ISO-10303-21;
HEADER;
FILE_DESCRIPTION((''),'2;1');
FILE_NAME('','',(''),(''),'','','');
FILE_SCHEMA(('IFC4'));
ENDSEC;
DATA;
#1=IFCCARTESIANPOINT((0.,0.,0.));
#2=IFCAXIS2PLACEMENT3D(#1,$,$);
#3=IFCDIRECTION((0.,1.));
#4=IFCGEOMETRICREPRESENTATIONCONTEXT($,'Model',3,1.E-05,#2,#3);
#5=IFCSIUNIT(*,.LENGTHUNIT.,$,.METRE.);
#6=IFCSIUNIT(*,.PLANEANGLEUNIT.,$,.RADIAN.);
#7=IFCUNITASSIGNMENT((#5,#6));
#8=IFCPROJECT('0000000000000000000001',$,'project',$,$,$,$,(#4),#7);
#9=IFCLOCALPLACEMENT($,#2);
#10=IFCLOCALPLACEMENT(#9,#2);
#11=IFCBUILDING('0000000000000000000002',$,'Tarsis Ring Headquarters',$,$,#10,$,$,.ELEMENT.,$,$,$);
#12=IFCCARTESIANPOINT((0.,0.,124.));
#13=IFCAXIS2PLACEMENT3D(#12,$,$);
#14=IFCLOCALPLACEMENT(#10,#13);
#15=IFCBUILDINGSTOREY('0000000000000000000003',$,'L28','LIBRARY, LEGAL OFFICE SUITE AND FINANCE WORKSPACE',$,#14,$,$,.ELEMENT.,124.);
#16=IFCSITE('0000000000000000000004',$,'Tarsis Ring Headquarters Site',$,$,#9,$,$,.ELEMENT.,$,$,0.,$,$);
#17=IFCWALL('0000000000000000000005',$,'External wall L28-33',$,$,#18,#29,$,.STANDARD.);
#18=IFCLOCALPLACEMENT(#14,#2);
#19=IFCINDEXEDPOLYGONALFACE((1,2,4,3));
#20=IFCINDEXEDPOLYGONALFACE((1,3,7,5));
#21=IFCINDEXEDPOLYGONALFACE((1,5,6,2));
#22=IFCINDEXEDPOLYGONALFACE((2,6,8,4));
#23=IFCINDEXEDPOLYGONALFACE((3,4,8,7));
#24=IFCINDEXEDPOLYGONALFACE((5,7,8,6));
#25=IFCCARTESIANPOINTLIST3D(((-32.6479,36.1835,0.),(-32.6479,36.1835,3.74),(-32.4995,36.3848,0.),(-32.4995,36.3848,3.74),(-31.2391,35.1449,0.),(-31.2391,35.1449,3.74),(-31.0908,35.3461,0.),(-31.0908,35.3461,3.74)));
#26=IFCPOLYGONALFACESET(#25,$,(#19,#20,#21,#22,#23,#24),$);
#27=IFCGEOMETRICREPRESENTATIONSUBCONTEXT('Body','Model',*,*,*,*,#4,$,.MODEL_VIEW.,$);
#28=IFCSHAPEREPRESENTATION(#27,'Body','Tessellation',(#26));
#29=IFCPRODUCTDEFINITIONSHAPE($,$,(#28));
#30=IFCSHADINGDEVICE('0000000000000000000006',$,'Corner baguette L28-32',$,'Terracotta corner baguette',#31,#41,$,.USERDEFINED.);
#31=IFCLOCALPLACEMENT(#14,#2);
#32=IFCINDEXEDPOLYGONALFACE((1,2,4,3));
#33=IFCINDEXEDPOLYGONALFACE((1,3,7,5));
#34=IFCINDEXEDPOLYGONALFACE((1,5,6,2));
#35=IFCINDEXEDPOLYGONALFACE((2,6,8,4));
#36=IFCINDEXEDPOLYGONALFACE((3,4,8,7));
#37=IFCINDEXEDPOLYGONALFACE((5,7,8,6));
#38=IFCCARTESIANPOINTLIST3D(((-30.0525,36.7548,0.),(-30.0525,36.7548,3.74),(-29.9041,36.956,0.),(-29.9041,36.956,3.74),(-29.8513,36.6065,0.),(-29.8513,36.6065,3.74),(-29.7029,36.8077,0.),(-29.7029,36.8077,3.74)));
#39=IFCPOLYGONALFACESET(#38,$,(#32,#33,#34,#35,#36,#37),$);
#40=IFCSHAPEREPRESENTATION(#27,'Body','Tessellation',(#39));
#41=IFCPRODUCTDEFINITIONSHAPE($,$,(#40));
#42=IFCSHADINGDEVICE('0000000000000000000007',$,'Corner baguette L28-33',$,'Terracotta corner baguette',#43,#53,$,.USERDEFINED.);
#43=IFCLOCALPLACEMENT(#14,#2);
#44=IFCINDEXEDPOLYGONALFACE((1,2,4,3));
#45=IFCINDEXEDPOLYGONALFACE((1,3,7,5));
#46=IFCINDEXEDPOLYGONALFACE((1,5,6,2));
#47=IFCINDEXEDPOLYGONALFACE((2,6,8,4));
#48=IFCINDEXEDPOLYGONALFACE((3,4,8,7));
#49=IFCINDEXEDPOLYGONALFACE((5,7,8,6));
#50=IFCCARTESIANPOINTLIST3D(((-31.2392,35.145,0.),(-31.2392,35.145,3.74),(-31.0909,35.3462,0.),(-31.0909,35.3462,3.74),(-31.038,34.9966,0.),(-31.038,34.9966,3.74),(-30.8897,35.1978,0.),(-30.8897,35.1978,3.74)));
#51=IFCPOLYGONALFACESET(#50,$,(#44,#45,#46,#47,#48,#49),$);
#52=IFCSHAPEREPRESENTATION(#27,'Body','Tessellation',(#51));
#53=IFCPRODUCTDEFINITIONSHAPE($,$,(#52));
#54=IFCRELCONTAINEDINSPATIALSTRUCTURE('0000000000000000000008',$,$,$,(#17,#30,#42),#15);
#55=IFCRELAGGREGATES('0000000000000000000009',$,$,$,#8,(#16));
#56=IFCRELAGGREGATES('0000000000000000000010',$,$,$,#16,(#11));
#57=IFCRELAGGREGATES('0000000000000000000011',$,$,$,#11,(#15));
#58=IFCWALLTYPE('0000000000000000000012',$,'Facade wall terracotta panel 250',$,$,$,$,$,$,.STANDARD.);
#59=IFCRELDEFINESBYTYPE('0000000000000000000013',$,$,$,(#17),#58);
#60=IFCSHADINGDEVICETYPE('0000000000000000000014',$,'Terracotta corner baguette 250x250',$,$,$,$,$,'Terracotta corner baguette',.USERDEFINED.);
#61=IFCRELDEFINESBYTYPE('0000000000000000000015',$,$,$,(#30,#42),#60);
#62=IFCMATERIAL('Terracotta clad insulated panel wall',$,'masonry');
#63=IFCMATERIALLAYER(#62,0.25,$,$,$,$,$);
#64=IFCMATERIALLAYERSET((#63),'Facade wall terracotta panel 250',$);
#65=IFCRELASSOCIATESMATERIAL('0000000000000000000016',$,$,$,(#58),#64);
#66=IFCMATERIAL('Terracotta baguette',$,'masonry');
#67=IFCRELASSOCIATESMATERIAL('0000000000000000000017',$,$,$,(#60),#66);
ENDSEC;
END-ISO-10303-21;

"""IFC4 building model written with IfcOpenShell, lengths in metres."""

from ifc_helpers import new_model, si_unit, direction, frame, frame_2d, origin, origin_2d, place, context, subcontext, project, spatial, rectangle, extrude, material, layer, layer_set, type_object, element, save


model = new_model("IFC4")

# Units and contexts
model_context = context("Model", 3, precision=1e-05, world=origin(), true_north=direction((0.0, 1.0)))
body_context = subcontext(model_context, "Body", "Model", "MODEL_VIEW")
ifc_project = project(units=[si_unit("LENGTHUNIT", "METRE"), si_unit("PLANEANGLEUNIT", "RADIAN")], contexts=[model_context])

# Site, building, storey
site_placement = place(None, origin())
site = spatial("IfcSite", under=ifc_project, at=site_placement, Name="Tarsis Ring Headquarters Site", CompositionType="ELEMENT", RefElevation=0.0)
building_placement = place(site_placement, origin())
building = spatial("IfcBuilding", under=site, at=building_placement, Name="Tarsis Ring Headquarters", CompositionType="ELEMENT")
storey_placement = place(building_placement, frame((0.0, 0.0, 124.0)))
storey = spatial("IfcBuildingStorey", under=building, at=storey_placement, Name="L28", Description="LIBRARY, LEGAL OFFICE SUITE AND FINANCE WORKSPACE", CompositionType="ELEMENT", Elevation=124.0)

# Wall
ifc_material_1 = material(Name="Terracotta clad insulated panel wall", Category="masonry")
ifc_layer_1 = layer(ifc_material_1, 0.25)
ifc_layer_set_1 = layer_set([ifc_layer_1], Name="Facade wall terracotta panel 250")
wall_type_1 = type_object("IfcWallType", Name="Facade wall terracotta panel 250", PredefinedType="STANDARD", material=ifc_layer_set_1)
wall_1_placement = place(storey_placement, frame((-31.165, 35.2456, 0.0), z_axis=(0.0, 0.0, 1.0), x_axis=(-0.804895, 0.593418, 0.0)))
element("IfcWall", 1, at=wall_1_placement, inside=storey, type_object=wall_type_1, Name="External wall L28-33", PredefinedType="STANDARD", context=body_context, shape_type="SweptSolid", body=[
    extrude(rectangle(XDim=1.7502, YDim=0.25, at=frame_2d((0.875, 0.0))), origin(), (0.0, 0.0, 1.0), 3.74),
])

# Shading devices
ifc_material_2 = material(Name="Terracotta baguette", Category="masonry")
shading_device_type_1 = type_object("IfcShadingDeviceType", Name="Terracotta corner baguette 250x250", ElementType="Terracotta corner baguette", PredefinedType="USERDEFINED", material=ifc_material_2)
for number, where, z_axis, x_axis, name in (
    (2, (-29.8777, 36.7812, 0.0), (0.0, 0.0, 1.0), (-0.804894, 0.593419, 0.0), "Corner baguette L28-32"),
    (3, (-31.0645, 35.1714, 0.0), (0.0, 0.0, 1.0), (-0.593419, -0.804894, 0.0), "Corner baguette L28-33"),
):
    element("IfcShadingDevice", number, at=place(storey_placement, frame(where, z_axis=z_axis, x_axis=x_axis)), inside=storey, type_object=shading_device_type_1, Name=name, ObjectType="Terracotta corner baguette", PredefinedType="USERDEFINED", context=body_context, shape_type="SweptSolid", body=[
        extrude(rectangle(XDim=0.25, YDim=0.25, at=origin_2d()), origin(), (0.0, 0.0, 1.0), 3.74),
    ])

save(model, "model.ifc")
